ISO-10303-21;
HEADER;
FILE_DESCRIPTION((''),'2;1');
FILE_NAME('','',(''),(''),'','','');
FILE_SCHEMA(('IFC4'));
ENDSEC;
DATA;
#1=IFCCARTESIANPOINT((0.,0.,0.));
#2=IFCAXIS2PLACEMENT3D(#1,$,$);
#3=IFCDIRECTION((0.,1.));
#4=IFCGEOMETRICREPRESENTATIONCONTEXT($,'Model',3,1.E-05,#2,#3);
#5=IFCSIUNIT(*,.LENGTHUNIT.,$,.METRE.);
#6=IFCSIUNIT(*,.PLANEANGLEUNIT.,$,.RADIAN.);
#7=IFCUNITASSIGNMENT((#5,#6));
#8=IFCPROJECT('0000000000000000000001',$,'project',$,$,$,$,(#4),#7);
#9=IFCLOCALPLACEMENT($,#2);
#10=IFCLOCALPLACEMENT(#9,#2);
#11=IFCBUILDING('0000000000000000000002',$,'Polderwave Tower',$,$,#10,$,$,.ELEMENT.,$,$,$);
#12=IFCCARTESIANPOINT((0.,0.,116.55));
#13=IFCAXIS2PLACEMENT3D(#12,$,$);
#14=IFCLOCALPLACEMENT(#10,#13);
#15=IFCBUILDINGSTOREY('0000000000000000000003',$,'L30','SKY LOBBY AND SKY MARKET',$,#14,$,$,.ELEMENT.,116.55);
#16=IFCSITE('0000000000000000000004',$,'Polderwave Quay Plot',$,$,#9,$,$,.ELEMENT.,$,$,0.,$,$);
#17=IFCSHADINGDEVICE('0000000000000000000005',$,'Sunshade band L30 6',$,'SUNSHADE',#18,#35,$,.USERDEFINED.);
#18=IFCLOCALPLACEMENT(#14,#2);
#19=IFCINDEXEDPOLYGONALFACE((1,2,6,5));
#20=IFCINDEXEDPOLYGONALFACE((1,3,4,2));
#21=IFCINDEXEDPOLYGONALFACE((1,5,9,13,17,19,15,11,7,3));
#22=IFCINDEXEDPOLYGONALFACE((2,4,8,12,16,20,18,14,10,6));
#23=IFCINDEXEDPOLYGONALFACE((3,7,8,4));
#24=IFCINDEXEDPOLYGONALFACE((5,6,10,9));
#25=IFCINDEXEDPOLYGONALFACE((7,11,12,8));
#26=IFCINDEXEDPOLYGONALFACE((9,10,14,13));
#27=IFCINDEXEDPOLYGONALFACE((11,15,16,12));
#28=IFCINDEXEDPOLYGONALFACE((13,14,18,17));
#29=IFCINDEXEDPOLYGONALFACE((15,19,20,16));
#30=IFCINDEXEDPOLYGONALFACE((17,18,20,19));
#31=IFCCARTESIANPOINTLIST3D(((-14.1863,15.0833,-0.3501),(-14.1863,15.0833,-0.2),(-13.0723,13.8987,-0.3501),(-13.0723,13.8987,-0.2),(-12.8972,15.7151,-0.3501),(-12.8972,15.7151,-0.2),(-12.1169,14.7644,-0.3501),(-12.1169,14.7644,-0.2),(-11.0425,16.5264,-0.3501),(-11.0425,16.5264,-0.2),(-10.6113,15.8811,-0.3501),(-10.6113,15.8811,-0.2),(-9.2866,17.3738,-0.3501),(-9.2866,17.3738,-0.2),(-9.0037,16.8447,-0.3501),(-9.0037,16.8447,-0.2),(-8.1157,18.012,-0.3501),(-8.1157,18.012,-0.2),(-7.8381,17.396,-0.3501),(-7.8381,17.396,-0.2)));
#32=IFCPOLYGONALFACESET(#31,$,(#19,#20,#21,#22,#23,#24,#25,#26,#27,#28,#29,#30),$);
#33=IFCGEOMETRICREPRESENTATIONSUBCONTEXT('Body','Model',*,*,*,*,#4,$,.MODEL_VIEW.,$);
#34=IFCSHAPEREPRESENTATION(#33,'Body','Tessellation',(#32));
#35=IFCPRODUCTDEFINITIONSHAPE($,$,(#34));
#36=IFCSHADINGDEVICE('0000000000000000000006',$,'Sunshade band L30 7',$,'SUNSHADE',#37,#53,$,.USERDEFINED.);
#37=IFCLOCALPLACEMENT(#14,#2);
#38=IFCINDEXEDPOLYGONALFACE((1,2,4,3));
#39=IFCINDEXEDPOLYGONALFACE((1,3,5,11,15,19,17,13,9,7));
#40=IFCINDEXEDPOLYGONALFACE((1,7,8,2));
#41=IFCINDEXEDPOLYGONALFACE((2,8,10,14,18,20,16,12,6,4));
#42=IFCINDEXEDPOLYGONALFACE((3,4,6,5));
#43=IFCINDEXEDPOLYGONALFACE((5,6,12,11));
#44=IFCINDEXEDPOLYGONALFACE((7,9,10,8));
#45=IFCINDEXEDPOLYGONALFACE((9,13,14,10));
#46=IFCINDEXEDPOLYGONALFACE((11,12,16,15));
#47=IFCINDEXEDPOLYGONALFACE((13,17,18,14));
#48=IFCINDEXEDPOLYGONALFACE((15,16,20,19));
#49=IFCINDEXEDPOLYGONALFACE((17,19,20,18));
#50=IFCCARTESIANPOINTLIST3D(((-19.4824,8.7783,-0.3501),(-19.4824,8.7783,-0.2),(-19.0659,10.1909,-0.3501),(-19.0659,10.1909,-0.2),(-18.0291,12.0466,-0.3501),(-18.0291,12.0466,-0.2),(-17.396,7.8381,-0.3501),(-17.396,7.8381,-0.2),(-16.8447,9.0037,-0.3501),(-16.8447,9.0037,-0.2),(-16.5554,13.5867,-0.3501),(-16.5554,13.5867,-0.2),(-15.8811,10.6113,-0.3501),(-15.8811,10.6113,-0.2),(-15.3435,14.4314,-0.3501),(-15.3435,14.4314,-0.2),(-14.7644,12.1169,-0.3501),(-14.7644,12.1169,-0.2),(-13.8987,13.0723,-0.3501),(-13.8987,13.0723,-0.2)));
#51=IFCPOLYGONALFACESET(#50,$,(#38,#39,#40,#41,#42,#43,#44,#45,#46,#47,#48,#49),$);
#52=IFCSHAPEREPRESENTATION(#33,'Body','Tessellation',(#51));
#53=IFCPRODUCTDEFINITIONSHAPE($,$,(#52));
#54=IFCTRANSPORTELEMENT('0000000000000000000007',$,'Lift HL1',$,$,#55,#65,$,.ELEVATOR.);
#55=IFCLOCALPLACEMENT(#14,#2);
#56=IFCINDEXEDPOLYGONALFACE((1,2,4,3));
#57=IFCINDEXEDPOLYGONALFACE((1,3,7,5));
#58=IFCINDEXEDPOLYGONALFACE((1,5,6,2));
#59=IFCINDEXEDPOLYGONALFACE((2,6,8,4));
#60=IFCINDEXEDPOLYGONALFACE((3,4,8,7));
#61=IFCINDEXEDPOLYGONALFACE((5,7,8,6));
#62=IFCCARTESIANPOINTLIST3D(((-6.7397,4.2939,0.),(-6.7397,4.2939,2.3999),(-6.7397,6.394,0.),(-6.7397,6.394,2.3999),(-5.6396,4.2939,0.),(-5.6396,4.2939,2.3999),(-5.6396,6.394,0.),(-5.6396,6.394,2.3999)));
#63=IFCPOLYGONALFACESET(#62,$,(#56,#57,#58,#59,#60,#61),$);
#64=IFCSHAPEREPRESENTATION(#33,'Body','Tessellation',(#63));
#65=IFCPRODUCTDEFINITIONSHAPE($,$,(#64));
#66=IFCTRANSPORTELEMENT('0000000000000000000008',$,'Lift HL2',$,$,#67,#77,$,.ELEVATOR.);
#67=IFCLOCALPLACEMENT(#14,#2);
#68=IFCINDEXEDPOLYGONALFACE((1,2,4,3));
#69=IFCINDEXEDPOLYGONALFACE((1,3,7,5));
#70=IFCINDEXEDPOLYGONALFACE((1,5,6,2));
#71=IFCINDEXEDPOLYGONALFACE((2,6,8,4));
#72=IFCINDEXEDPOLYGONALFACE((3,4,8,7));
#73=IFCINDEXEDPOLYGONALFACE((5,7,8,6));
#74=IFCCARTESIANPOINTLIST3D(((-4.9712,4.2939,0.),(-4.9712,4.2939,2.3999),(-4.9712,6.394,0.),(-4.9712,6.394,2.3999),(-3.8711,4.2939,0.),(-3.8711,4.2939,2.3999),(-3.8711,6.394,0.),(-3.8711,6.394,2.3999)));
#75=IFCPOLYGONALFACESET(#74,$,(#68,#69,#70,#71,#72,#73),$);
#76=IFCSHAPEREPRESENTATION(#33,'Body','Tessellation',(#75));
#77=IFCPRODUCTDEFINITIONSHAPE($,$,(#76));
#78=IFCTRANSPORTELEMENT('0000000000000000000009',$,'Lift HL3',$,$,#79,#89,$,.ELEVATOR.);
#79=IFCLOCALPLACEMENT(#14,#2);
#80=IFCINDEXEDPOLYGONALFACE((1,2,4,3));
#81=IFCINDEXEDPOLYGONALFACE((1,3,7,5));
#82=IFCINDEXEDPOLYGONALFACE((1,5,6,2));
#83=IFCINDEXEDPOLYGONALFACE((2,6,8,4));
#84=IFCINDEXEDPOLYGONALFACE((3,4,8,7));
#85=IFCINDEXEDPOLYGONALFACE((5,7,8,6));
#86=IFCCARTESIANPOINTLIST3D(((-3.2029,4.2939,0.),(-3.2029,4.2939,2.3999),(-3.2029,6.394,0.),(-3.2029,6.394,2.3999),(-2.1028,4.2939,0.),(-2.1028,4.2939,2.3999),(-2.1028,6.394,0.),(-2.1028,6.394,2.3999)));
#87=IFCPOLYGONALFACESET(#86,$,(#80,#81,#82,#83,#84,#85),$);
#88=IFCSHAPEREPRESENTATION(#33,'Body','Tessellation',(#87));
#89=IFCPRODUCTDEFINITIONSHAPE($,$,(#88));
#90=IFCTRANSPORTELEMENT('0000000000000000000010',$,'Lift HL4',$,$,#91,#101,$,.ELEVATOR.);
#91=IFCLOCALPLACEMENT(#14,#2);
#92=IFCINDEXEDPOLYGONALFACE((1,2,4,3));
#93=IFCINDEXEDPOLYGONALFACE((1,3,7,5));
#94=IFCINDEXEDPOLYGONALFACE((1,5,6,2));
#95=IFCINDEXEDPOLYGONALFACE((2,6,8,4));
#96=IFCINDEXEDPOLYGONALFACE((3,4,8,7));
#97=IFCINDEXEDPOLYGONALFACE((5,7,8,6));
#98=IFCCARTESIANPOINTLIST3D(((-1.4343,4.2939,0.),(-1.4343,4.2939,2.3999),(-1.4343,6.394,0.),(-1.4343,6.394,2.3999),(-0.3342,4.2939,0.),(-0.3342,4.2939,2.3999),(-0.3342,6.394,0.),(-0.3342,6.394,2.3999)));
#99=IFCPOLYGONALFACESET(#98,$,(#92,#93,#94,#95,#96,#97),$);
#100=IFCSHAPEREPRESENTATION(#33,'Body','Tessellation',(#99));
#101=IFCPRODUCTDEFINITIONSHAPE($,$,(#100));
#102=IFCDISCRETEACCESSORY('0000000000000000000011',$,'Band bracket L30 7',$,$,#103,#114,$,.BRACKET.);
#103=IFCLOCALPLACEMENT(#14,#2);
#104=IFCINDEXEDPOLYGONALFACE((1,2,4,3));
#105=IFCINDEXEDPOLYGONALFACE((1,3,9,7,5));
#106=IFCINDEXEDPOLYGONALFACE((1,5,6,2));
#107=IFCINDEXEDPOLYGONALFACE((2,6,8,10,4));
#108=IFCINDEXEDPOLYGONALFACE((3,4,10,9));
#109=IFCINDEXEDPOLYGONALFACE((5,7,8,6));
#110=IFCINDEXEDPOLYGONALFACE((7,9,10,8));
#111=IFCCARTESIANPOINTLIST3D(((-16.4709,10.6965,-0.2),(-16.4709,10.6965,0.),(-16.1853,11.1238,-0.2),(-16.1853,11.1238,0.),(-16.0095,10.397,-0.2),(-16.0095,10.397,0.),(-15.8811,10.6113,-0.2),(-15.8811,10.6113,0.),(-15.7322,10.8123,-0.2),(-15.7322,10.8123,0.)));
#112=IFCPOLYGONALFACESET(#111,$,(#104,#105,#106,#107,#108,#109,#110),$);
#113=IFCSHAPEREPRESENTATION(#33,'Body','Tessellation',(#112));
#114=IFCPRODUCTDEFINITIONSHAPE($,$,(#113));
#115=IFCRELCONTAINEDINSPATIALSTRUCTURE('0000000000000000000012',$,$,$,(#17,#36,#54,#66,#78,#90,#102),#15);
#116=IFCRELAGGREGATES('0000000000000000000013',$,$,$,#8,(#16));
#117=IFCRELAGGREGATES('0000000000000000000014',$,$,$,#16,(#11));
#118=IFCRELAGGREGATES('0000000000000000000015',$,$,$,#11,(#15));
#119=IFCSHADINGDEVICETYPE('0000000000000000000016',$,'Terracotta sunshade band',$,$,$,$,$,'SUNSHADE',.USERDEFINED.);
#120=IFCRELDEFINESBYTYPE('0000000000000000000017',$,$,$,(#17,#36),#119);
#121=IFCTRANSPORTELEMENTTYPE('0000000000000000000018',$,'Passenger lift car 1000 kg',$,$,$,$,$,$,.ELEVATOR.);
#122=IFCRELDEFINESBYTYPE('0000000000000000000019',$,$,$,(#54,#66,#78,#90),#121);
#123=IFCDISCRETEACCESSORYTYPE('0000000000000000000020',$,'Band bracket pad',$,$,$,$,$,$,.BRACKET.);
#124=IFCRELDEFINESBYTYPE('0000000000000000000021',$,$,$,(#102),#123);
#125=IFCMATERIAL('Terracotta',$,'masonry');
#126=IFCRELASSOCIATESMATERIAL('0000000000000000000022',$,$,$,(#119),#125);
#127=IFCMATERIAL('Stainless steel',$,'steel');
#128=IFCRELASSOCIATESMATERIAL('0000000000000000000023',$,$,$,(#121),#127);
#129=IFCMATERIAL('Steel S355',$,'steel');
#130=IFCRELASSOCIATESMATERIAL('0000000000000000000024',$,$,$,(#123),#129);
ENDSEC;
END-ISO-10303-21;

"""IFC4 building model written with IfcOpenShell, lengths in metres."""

from ifc_helpers import new_model, si_unit, direction, frame, origin, origin_2d, place, context, subcontext, project, spatial, polyline, rectangle, outline, extrude, material, type_object, element, save


model = new_model("IFC4")

# Units and contexts
model_context = context("Model", 3, precision=1e-05, world=origin(), true_north=direction((0.0, 1.0)))
body_context = subcontext(model_context, "Body", "Model", "MODEL_VIEW")
ifc_project = project(units=[si_unit("LENGTHUNIT", "METRE"), si_unit("PLANEANGLEUNIT", "RADIAN")], contexts=[model_context])

# Site, building, storey
site_placement = place(None, origin())
site = spatial("IfcSite", under=ifc_project, at=site_placement, Name="Polderwave Quay Plot", CompositionType="ELEMENT", RefElevation=0.0)
building_placement = place(site_placement, origin())
building = spatial("IfcBuilding", under=site, at=building_placement, Name="Polderwave Tower", CompositionType="ELEMENT")
storey_placement = place(building_placement, frame((0.0, 0.0, 116.55)))
storey = spatial("IfcBuildingStorey", under=building, at=storey_placement, Name="L30", Description="SKY LOBBY AND SKY MARKET", CompositionType="ELEMENT", Elevation=116.55)

# Shared definitions
ifc_material_1 = material(Name="Stainless steel", Category="steel")

# Shading devices
ifc_material_2 = material(Name="Terracotta", Category="masonry")
shading_device_type = type_object("IfcShadingDeviceType", Name="Terracotta sunshade band", ElementType="SUNSHADE", PredefinedType="USERDEFINED", material=ifc_material_2)
shading_device_1_placement = place(storey_placement, frame((0.0, 0.0, -0.3501)))
element("IfcShadingDevice", 1, at=shading_device_1_placement, inside=storey, type_object=shading_device_type, Name="Sunshade band L30 6", ObjectType="SUNSHADE", PredefinedType="USERDEFINED", context=body_context, shape_type="SweptSolid", body=[
    extrude(outline(polyline([(-7.8381, 17.396), (-9.0037, 16.8447), (-10.6113, 15.8811), (-12.1169, 14.7644), (-13.0723, 13.8987), (-14.1863, 15.0833), (-12.8972, 15.7151), (-11.0425, 16.5264), (-9.2866, 17.3738), (-8.1157, 18.012), (-7.8381, 17.396)])), origin(), (0.0, 0.0, 1.0), 0.1501),
])
shading_device_2_placement = place(storey_placement, frame((0.0, 0.0, -0.3501)))
element("IfcShadingDevice", 2, at=shading_device_2_placement, inside=storey, type_object=shading_device_type, Name="Sunshade band L30 7", ObjectType="SUNSHADE", PredefinedType="USERDEFINED", context=body_context, shape_type="SweptSolid", body=[
    extrude(outline(polyline([(-13.8987, 13.0723), (-14.7644, 12.1169), (-15.8811, 10.6113), (-16.8447, 9.0037), (-17.396, 7.8381), (-19.4824, 8.7783), (-19.0659, 10.1909), (-18.0291, 12.0466), (-16.5554, 13.5867), (-15.3435, 14.4314), (-13.8987, 13.0723)])), origin(), (0.0, 0.0, 1.0), 0.1501),
])

# Transport elements
transport_element_type = type_object("IfcTransportElementType", Name="Passenger lift car 1000 kg", PredefinedType="ELEVATOR", material=ifc_material_1)
for number, where, z_axis, x_axis, name in (
    (3, (-6.1897, 5.344, 0.0), (0.0, 0.0, 1.0), (1.0, 0.0, 0.0), "Lift HL1"),
    (4, (-4.4211, 5.344, 0.0), (0.0, 0.0, 1.0), (1.0, 0.0, 0.0), "Lift HL2"),
    (5, (-2.6528, 5.344, 0.0), (0.0, 0.0, 1.0), (1.0, 0.0, 0.0), "Lift HL3"),
    (6, (-0.8843, 5.344, 0.0), (0.0, 0.0, 1.0), (1.0, 0.0, 0.0), "Lift HL4"),
):
    element("IfcTransportElement", number, at=place(storey_placement, frame(where, z_axis=z_axis, x_axis=x_axis)), inside=storey, type_object=transport_element_type, Name=name, PredefinedType="ELEVATOR", context=body_context, shape_type="SweptSolid", body=[
        extrude(rectangle(XDim=1.1001, YDim=2.1001, at=origin_2d()), origin(), (0.0, 0.0, 1.0), 2.3999),
    ])

# Discrete accessory
ifc_material_3 = material(Name="Steel S355", Category="steel")
discrete_accessory_type = type_object("IfcDiscreteAccessoryType", Name="Band bracket pad", PredefinedType="BRACKET", material=ifc_material_3)
discrete_accessory_placement = place(storey_placement, frame((0.0, 0.0, -0.2)))
element("IfcDiscreteAccessory", 7, at=discrete_accessory_placement, inside=storey, type_object=discrete_accessory_type, Name="Band bracket L30 7", PredefinedType="BRACKET", context=body_context, shape_type="SweptSolid", body=[
    extrude(outline(polyline([(-15.7322, 10.8123), (-15.8811, 10.6113), (-16.0095, 10.397), (-16.4709, 10.6965), (-16.1853, 11.1238), (-15.7322, 10.8123)])), origin(), (0.0, 0.0, 1.0), 0.2),
])

save(model, "model.ifc")
